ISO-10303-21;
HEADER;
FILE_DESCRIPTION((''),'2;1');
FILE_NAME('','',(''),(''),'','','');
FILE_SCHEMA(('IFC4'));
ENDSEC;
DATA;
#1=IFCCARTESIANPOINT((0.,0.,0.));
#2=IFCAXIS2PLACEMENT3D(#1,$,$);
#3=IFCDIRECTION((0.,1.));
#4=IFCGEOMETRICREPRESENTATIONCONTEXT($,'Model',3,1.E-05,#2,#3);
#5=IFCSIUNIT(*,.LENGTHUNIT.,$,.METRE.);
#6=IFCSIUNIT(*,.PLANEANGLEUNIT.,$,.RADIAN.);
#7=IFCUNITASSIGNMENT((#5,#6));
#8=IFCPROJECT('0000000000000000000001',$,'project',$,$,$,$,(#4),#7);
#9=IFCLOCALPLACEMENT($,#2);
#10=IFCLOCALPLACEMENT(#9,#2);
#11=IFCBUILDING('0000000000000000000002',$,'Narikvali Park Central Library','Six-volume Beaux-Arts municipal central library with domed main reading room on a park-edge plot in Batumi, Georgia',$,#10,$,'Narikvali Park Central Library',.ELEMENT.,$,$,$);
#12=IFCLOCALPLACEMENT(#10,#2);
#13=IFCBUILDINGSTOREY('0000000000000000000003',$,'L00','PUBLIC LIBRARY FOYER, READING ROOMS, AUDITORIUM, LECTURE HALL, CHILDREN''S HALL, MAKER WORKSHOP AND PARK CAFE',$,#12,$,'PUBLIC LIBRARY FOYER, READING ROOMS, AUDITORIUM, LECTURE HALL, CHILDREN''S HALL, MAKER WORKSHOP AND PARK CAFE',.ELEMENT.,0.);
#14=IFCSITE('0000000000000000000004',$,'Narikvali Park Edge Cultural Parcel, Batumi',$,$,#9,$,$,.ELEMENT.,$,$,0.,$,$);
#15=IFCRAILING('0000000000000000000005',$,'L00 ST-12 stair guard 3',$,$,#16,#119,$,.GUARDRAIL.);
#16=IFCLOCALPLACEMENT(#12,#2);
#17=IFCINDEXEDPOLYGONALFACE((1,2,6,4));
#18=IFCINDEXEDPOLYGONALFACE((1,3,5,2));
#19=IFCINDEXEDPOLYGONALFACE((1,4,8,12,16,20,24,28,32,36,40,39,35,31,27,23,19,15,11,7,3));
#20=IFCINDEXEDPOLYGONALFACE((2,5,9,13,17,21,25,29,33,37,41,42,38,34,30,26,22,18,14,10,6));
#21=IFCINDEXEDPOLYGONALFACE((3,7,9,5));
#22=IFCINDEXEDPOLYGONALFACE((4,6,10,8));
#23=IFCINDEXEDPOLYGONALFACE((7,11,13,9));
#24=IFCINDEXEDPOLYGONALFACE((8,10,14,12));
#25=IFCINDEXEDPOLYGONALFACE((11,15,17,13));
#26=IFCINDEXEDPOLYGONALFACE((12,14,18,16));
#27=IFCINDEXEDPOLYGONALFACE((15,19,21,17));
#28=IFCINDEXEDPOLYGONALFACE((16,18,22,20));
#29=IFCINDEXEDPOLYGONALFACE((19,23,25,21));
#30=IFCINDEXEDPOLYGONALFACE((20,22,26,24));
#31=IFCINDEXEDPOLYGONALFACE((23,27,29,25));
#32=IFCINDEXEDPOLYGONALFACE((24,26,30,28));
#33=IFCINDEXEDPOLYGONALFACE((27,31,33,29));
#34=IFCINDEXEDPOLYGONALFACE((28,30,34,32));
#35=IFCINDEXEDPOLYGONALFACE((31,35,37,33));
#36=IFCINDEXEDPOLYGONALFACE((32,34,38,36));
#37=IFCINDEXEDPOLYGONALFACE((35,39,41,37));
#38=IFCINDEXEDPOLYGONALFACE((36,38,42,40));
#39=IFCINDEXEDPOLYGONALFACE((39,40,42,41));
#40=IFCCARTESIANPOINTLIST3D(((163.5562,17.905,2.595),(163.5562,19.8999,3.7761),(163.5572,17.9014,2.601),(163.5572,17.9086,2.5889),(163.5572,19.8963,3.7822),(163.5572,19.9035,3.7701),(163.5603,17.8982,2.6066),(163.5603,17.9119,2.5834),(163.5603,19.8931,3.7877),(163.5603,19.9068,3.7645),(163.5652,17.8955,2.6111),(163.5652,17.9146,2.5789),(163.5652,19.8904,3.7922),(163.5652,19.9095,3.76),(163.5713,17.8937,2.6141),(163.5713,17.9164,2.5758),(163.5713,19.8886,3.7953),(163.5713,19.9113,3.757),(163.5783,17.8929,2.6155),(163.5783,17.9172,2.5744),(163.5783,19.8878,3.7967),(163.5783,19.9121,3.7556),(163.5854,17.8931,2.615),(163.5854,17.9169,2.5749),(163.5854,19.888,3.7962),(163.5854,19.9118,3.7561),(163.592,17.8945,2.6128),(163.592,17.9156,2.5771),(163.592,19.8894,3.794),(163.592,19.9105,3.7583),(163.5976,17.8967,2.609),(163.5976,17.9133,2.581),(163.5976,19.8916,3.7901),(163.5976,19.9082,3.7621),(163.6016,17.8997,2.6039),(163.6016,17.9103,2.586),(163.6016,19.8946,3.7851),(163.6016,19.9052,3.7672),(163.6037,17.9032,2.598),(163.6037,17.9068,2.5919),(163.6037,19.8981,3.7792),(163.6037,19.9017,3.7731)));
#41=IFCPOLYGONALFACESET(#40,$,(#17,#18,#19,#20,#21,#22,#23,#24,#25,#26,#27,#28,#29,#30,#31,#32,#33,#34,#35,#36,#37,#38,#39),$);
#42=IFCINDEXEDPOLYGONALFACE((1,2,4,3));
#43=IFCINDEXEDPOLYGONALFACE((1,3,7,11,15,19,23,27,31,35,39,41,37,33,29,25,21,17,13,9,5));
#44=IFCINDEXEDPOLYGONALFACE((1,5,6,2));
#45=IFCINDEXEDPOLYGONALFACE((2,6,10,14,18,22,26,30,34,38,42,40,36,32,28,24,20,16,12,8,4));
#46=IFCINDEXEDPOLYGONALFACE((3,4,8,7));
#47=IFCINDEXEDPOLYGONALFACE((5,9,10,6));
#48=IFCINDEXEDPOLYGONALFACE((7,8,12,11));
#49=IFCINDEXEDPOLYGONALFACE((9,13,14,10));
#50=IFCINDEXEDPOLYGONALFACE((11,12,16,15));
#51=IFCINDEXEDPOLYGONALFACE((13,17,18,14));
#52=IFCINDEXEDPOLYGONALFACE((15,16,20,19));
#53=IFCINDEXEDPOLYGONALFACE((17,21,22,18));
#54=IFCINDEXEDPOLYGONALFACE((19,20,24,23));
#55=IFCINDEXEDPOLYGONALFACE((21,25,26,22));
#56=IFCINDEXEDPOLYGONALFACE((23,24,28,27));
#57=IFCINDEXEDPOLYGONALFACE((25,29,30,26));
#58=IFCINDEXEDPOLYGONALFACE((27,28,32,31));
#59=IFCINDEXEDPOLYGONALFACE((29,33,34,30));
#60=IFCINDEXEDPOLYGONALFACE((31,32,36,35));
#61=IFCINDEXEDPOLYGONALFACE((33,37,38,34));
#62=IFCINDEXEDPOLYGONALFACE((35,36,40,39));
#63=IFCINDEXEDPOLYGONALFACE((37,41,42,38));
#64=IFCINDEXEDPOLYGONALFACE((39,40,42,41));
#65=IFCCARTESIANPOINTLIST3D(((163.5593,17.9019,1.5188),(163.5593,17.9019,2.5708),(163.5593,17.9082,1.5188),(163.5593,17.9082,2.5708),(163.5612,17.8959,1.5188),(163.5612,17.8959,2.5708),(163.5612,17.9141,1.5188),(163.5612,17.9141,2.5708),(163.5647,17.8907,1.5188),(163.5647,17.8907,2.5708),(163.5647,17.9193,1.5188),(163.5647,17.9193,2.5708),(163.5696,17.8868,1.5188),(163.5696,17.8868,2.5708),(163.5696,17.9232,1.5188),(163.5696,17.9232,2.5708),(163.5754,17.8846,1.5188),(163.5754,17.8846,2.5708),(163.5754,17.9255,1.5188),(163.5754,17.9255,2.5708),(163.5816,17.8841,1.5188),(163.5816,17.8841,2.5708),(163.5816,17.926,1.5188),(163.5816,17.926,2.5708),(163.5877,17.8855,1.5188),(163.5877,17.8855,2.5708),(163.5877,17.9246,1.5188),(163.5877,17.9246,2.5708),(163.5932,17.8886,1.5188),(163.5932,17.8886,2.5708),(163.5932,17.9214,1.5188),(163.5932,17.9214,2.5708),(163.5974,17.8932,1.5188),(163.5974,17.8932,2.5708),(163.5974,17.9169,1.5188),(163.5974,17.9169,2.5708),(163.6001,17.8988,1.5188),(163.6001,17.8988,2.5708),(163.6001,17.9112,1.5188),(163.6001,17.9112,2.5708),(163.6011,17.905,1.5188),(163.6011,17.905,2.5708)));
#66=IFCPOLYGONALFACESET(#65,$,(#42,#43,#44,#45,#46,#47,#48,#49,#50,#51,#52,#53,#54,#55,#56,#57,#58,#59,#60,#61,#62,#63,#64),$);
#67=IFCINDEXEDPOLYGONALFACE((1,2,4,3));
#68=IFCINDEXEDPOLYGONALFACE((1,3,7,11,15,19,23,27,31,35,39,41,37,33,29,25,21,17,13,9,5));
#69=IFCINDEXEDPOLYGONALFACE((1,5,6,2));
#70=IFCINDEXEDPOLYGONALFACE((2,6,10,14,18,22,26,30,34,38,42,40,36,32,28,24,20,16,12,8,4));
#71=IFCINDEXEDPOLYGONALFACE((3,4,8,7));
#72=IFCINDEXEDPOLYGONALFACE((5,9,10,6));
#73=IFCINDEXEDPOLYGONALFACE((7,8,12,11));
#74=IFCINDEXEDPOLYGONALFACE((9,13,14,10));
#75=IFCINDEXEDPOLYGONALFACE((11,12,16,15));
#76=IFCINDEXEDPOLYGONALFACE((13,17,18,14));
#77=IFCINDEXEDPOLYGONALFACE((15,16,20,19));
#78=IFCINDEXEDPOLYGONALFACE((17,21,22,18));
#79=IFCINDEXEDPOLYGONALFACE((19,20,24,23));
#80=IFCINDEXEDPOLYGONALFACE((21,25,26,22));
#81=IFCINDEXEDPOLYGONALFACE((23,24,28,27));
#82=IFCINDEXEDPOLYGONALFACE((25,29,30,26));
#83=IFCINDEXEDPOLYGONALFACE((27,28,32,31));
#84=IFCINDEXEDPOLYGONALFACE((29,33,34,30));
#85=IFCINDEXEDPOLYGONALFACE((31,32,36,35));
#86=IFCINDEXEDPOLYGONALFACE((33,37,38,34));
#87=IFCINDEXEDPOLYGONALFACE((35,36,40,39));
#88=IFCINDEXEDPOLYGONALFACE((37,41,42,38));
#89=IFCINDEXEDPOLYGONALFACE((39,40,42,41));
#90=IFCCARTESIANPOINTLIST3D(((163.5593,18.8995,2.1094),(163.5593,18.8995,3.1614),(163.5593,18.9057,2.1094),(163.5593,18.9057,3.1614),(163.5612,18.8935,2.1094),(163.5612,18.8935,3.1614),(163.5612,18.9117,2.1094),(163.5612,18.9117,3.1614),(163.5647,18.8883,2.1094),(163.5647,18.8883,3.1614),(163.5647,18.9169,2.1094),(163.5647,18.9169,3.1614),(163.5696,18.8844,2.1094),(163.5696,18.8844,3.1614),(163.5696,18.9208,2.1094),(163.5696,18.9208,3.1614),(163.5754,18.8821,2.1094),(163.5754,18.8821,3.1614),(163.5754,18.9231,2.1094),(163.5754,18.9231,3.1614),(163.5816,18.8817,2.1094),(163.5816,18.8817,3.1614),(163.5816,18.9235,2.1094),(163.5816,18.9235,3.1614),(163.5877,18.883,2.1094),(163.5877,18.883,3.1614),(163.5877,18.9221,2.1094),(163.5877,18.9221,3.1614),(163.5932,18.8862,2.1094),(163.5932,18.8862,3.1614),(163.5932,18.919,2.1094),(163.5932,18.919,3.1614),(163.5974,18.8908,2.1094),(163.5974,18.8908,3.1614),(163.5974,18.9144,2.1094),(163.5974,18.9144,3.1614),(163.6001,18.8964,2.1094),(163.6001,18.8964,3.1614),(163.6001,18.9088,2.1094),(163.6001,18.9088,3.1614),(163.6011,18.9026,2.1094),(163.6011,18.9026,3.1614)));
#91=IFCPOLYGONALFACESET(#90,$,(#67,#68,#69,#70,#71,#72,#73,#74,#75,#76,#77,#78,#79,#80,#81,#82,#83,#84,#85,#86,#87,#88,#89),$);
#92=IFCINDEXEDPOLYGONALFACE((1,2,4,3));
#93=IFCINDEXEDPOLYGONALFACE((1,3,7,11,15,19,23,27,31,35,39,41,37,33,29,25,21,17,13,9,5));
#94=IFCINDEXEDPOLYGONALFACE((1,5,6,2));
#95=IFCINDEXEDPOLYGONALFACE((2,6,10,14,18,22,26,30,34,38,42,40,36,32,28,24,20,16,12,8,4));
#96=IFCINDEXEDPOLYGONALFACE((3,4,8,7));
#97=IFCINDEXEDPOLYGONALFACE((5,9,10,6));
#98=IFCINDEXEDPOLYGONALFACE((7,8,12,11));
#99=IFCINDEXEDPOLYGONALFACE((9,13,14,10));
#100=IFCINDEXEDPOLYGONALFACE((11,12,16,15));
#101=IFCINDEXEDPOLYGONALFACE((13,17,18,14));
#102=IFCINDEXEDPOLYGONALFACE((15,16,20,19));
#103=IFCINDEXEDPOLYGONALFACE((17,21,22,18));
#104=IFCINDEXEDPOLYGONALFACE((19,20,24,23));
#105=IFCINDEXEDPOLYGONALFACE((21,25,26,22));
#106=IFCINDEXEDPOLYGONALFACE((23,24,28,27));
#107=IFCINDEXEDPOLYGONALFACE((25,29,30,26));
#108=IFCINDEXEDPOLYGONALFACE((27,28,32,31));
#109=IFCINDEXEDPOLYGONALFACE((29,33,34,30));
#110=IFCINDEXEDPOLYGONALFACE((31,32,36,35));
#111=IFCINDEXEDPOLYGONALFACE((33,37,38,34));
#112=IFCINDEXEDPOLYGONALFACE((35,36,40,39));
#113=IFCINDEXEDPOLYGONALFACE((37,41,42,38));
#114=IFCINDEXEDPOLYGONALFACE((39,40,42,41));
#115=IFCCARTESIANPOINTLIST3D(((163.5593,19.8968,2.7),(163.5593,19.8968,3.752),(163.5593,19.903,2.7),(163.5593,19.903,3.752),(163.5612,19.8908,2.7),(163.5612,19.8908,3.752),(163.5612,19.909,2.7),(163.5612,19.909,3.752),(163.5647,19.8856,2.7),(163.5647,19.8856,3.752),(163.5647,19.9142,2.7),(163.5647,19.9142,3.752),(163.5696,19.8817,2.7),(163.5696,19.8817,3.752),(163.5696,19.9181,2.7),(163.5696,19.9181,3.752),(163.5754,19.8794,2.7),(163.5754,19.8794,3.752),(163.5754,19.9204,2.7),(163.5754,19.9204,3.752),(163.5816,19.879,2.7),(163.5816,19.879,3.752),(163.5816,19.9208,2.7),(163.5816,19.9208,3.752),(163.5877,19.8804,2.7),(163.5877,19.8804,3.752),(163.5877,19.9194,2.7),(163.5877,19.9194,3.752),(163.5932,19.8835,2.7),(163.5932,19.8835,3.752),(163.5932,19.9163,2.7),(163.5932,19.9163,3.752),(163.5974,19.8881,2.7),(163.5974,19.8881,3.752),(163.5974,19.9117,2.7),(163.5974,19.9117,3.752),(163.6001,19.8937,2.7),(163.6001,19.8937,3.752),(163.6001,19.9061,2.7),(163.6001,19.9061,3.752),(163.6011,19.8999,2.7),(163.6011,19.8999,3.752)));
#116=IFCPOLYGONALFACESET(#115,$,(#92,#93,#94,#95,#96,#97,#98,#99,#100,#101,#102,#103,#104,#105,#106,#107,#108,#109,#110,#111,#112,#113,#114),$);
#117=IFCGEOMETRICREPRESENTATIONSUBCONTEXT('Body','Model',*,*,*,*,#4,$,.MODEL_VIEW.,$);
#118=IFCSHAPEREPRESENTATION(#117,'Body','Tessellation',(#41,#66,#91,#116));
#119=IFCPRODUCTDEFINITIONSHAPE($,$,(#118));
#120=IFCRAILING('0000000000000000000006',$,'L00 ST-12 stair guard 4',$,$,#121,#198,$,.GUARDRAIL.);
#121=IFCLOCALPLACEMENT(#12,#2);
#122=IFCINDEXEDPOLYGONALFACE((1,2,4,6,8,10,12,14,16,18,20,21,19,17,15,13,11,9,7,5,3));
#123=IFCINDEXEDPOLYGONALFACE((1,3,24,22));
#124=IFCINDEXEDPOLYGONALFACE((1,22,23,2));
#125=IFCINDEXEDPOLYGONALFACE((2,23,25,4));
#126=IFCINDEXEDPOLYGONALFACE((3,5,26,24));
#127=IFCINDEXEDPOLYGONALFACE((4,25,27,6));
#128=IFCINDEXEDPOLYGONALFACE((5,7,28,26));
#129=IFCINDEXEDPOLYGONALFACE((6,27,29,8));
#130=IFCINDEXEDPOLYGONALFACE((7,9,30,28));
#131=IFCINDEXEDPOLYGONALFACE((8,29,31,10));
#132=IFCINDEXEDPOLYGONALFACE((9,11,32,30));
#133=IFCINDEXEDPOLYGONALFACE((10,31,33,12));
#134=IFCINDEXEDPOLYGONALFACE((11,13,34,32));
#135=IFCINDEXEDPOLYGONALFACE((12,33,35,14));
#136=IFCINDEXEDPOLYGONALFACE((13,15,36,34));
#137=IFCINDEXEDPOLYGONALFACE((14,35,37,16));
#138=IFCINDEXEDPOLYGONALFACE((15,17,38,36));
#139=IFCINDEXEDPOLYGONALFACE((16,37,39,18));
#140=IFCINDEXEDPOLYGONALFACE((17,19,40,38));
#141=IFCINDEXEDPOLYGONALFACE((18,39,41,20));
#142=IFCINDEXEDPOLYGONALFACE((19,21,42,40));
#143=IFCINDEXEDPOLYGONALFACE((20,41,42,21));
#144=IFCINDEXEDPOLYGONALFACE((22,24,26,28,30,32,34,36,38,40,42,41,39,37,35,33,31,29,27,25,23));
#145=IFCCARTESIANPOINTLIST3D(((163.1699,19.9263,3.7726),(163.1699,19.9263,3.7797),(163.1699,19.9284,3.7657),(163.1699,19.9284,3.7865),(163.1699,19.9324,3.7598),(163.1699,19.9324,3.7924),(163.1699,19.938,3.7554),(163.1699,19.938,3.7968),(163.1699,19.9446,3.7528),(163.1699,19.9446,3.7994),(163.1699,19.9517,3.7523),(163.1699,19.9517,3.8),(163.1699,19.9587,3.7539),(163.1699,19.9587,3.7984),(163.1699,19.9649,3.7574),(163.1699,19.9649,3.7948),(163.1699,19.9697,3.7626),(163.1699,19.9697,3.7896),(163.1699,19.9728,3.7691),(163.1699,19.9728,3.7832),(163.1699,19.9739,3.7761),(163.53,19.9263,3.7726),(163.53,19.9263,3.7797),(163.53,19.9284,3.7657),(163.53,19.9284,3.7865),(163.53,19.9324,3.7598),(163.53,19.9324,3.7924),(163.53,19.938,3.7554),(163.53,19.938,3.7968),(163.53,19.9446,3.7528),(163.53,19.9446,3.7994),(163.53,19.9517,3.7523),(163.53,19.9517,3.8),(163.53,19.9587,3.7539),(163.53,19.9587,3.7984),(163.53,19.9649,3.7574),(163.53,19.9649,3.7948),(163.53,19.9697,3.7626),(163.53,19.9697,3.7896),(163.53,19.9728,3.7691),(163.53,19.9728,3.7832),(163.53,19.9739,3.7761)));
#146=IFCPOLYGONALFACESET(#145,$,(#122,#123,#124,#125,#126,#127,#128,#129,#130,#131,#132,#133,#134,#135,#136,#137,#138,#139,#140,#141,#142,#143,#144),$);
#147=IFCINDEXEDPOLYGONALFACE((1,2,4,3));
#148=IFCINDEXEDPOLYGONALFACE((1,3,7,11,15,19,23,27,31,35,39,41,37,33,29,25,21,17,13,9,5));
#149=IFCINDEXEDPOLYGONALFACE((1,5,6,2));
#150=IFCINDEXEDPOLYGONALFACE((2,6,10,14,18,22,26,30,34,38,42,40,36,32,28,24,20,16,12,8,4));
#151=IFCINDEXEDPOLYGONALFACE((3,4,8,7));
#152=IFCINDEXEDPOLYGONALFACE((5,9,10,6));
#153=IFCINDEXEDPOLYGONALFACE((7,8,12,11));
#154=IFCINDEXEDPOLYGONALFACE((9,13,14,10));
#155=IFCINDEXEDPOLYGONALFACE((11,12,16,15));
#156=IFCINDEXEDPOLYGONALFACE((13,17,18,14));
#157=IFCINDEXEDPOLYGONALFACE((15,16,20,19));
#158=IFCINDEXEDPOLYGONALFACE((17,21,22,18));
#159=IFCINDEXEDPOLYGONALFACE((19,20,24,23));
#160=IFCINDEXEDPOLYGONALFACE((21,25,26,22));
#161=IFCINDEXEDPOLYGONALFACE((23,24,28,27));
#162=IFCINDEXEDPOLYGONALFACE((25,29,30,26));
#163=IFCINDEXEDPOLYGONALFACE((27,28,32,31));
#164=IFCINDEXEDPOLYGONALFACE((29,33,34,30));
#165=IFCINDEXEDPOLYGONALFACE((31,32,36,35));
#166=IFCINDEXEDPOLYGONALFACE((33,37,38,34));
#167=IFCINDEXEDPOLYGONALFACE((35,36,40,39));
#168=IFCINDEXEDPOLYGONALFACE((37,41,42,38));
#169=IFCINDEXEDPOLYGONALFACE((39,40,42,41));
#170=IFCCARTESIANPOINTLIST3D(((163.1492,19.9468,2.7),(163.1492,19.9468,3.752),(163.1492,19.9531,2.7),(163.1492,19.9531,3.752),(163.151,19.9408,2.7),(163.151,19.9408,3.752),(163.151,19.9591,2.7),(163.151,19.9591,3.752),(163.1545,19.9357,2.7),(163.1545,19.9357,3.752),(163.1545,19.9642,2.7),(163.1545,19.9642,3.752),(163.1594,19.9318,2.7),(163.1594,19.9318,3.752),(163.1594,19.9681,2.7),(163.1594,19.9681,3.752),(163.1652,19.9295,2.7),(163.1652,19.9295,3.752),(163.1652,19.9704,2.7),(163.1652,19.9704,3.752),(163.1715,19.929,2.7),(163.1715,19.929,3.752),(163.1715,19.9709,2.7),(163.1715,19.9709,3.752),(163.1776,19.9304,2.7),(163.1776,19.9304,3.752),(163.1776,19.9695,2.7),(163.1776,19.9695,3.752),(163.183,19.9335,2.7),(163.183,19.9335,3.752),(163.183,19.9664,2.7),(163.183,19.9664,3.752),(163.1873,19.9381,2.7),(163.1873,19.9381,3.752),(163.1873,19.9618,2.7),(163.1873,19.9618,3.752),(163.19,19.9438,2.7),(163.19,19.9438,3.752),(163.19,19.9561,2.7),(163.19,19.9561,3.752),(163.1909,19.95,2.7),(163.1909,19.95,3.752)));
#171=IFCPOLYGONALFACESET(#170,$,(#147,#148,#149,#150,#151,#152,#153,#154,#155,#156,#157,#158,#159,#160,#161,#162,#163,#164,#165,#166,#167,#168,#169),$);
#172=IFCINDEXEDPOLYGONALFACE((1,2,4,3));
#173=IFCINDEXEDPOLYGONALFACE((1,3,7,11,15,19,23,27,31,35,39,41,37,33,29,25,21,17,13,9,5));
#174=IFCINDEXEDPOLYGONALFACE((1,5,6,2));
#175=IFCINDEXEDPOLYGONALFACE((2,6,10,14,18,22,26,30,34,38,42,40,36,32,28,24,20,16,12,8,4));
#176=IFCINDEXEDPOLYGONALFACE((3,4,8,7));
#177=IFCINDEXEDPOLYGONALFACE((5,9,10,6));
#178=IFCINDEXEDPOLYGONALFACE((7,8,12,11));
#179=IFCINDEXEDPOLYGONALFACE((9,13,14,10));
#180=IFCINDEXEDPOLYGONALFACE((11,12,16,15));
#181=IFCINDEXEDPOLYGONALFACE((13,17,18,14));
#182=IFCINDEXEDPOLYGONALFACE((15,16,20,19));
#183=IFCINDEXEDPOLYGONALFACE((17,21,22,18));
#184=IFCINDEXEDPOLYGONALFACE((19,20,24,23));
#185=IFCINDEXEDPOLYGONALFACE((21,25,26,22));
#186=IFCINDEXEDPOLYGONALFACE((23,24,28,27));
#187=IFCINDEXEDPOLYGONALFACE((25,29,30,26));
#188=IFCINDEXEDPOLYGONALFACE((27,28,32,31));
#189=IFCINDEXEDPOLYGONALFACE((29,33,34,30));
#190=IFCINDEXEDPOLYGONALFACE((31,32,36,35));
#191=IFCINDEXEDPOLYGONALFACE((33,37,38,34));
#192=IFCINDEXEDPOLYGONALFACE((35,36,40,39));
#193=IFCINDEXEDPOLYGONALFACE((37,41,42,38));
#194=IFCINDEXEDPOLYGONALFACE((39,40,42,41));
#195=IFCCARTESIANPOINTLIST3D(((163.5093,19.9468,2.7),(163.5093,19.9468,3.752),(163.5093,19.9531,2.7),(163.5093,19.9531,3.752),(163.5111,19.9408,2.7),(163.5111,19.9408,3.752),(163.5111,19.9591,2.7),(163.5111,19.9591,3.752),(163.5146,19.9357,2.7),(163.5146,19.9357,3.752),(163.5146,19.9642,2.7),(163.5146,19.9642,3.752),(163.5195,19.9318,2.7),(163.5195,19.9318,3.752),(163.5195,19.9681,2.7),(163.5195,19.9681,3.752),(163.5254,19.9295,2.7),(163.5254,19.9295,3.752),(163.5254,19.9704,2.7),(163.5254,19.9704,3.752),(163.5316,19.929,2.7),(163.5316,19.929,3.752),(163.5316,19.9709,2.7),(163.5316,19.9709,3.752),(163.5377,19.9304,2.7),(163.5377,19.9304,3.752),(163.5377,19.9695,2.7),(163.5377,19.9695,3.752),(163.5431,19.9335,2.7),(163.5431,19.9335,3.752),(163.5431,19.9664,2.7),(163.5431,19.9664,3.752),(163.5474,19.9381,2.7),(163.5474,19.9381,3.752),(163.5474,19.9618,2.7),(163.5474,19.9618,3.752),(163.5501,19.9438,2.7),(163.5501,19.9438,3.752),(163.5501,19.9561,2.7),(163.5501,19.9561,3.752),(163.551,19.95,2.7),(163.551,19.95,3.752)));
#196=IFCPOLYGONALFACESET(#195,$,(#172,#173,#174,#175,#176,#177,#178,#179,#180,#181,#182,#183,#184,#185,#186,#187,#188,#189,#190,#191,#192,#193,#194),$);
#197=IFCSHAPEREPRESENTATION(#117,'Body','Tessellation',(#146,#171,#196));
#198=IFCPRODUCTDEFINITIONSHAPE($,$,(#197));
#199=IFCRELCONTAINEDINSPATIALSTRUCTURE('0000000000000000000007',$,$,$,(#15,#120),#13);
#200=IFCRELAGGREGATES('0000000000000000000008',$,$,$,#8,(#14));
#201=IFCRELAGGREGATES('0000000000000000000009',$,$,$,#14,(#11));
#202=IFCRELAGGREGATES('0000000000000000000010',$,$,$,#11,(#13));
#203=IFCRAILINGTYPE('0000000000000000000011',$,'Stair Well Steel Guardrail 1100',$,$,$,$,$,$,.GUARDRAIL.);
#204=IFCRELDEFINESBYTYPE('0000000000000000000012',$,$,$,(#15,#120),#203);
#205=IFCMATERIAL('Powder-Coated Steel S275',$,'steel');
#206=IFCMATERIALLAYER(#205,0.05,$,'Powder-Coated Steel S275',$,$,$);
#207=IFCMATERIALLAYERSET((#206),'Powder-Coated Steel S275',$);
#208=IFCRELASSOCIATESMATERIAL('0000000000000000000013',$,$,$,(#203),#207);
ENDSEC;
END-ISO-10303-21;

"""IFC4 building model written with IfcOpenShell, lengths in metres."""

from ifc_helpers import new_model, si_unit, direction, frame, origin, origin_2d, place, context, subcontext, project, spatial, circle, extrude, material, layer, layer_set, type_object, element, save


model = new_model("IFC4")

# Units and contexts
model_context = context("Model", 3, precision=1e-05, world=origin(), true_north=direction((0.0, 1.0)))
body_context = subcontext(model_context, "Body", "Model", "MODEL_VIEW")
ifc_project = project(units=[si_unit("LENGTHUNIT", "METRE"), si_unit("PLANEANGLEUNIT", "RADIAN")], contexts=[model_context])

# Site, building, storey
site_placement = place(None, origin())
site = spatial("IfcSite", under=ifc_project, at=site_placement, Name="Narikvali Park Edge Cultural Parcel, Batumi", CompositionType="ELEMENT", RefElevation=0.0)
building_placement = place(site_placement, origin())
building = spatial("IfcBuilding", under=site, at=building_placement, Name="Narikvali Park Central Library", Description="Six-volume Beaux-Arts municipal central library with domed main reading room on a park-edge plot in Batumi, Georgia", LongName="Narikvali Park Central Library", CompositionType="ELEMENT")
storey_placement = place(building_placement, origin())
storey = spatial("IfcBuildingStorey", under=building, at=storey_placement, Name="L00", Description="PUBLIC LIBRARY FOYER, READING ROOMS, AUDITORIUM, LECTURE HALL, CHILDREN'S HALL, MAKER WORKSHOP AND PARK CAFE", LongName="PUBLIC LIBRARY FOYER, READING ROOMS, AUDITORIUM, LECTURE HALL, CHILDREN'S HALL, MAKER WORKSHOP AND PARK CAFE", CompositionType="ELEMENT", Elevation=0.0)

# Railings
ifc_material_1 = material(Name="Powder-Coated Steel S275", Category="steel")
ifc_layer_1 = layer(ifc_material_1, 0.05, Name="Powder-Coated Steel S275")
ifc_layer_set_1 = layer_set([ifc_layer_1], Name="Powder-Coated Steel S275")
railing_type_1 = type_object("IfcRailingType", Name="Stair Well Steel Guardrail 1100", PredefinedType="GUARDRAIL", material=ifc_layer_set_1)
railing_1_placement = place(storey_placement, frame((163.5801, 17.905, 1.5188)))
element("IfcRailing", 1, at=railing_1_placement, inside=storey, type_object=railing_type_1, Name="L00 ST-12 stair guard 3", PredefinedType="GUARDRAIL", context=body_context, shape_type="SweptSolid", body=[
    extrude(circle(Radius=0.0239, at=origin_2d()), frame((0.0, 0.0, 1.0762), z_axis=(0.0, 0.86048, 0.509485), x_axis=(-1.0, 0.0, 0.0)), (0.0, 0.0, 1.0), 2.3184),
    extrude(circle(Radius=0.021, at=origin_2d()), origin(), (0.0, 0.0, 1.0), 1.052),
    extrude(circle(Radius=0.021, at=origin_2d()), frame((0.0, 0.9976, 0.5906)), (0.0, 0.0, 1.0), 1.052),
    extrude(circle(Radius=0.021, at=origin_2d()), frame((0.0, 1.9949, 1.1812)), (0.0, 0.0, 1.0), 1.052),
])
railing_2_placement = place(storey_placement, frame((163.1699, 19.95, 2.7)))
element("IfcRailing", 2, at=railing_2_placement, inside=storey, type_object=railing_type_1, Name="L00 ST-12 stair guard 4", PredefinedType="GUARDRAIL", context=body_context, shape_type="SweptSolid", body=[
    extrude(circle(Radius=0.0239, at=origin_2d()), frame((0.0, 0.0, 1.0762), z_axis=(1.0, 0.0, 0.0), x_axis=(0.0, 1.0, 0.0)), (0.0, 0.0, 1.0), 0.3601),
    extrude(circle(Radius=0.021, at=origin_2d()), origin(), (0.0, 0.0, 1.0), 1.052),
    extrude(circle(Radius=0.021, at=origin_2d()), frame((0.3601, 0.0, 0.0)), (0.0, 0.0, 1.0), 1.052),
])

save(model, "model.ifc")
